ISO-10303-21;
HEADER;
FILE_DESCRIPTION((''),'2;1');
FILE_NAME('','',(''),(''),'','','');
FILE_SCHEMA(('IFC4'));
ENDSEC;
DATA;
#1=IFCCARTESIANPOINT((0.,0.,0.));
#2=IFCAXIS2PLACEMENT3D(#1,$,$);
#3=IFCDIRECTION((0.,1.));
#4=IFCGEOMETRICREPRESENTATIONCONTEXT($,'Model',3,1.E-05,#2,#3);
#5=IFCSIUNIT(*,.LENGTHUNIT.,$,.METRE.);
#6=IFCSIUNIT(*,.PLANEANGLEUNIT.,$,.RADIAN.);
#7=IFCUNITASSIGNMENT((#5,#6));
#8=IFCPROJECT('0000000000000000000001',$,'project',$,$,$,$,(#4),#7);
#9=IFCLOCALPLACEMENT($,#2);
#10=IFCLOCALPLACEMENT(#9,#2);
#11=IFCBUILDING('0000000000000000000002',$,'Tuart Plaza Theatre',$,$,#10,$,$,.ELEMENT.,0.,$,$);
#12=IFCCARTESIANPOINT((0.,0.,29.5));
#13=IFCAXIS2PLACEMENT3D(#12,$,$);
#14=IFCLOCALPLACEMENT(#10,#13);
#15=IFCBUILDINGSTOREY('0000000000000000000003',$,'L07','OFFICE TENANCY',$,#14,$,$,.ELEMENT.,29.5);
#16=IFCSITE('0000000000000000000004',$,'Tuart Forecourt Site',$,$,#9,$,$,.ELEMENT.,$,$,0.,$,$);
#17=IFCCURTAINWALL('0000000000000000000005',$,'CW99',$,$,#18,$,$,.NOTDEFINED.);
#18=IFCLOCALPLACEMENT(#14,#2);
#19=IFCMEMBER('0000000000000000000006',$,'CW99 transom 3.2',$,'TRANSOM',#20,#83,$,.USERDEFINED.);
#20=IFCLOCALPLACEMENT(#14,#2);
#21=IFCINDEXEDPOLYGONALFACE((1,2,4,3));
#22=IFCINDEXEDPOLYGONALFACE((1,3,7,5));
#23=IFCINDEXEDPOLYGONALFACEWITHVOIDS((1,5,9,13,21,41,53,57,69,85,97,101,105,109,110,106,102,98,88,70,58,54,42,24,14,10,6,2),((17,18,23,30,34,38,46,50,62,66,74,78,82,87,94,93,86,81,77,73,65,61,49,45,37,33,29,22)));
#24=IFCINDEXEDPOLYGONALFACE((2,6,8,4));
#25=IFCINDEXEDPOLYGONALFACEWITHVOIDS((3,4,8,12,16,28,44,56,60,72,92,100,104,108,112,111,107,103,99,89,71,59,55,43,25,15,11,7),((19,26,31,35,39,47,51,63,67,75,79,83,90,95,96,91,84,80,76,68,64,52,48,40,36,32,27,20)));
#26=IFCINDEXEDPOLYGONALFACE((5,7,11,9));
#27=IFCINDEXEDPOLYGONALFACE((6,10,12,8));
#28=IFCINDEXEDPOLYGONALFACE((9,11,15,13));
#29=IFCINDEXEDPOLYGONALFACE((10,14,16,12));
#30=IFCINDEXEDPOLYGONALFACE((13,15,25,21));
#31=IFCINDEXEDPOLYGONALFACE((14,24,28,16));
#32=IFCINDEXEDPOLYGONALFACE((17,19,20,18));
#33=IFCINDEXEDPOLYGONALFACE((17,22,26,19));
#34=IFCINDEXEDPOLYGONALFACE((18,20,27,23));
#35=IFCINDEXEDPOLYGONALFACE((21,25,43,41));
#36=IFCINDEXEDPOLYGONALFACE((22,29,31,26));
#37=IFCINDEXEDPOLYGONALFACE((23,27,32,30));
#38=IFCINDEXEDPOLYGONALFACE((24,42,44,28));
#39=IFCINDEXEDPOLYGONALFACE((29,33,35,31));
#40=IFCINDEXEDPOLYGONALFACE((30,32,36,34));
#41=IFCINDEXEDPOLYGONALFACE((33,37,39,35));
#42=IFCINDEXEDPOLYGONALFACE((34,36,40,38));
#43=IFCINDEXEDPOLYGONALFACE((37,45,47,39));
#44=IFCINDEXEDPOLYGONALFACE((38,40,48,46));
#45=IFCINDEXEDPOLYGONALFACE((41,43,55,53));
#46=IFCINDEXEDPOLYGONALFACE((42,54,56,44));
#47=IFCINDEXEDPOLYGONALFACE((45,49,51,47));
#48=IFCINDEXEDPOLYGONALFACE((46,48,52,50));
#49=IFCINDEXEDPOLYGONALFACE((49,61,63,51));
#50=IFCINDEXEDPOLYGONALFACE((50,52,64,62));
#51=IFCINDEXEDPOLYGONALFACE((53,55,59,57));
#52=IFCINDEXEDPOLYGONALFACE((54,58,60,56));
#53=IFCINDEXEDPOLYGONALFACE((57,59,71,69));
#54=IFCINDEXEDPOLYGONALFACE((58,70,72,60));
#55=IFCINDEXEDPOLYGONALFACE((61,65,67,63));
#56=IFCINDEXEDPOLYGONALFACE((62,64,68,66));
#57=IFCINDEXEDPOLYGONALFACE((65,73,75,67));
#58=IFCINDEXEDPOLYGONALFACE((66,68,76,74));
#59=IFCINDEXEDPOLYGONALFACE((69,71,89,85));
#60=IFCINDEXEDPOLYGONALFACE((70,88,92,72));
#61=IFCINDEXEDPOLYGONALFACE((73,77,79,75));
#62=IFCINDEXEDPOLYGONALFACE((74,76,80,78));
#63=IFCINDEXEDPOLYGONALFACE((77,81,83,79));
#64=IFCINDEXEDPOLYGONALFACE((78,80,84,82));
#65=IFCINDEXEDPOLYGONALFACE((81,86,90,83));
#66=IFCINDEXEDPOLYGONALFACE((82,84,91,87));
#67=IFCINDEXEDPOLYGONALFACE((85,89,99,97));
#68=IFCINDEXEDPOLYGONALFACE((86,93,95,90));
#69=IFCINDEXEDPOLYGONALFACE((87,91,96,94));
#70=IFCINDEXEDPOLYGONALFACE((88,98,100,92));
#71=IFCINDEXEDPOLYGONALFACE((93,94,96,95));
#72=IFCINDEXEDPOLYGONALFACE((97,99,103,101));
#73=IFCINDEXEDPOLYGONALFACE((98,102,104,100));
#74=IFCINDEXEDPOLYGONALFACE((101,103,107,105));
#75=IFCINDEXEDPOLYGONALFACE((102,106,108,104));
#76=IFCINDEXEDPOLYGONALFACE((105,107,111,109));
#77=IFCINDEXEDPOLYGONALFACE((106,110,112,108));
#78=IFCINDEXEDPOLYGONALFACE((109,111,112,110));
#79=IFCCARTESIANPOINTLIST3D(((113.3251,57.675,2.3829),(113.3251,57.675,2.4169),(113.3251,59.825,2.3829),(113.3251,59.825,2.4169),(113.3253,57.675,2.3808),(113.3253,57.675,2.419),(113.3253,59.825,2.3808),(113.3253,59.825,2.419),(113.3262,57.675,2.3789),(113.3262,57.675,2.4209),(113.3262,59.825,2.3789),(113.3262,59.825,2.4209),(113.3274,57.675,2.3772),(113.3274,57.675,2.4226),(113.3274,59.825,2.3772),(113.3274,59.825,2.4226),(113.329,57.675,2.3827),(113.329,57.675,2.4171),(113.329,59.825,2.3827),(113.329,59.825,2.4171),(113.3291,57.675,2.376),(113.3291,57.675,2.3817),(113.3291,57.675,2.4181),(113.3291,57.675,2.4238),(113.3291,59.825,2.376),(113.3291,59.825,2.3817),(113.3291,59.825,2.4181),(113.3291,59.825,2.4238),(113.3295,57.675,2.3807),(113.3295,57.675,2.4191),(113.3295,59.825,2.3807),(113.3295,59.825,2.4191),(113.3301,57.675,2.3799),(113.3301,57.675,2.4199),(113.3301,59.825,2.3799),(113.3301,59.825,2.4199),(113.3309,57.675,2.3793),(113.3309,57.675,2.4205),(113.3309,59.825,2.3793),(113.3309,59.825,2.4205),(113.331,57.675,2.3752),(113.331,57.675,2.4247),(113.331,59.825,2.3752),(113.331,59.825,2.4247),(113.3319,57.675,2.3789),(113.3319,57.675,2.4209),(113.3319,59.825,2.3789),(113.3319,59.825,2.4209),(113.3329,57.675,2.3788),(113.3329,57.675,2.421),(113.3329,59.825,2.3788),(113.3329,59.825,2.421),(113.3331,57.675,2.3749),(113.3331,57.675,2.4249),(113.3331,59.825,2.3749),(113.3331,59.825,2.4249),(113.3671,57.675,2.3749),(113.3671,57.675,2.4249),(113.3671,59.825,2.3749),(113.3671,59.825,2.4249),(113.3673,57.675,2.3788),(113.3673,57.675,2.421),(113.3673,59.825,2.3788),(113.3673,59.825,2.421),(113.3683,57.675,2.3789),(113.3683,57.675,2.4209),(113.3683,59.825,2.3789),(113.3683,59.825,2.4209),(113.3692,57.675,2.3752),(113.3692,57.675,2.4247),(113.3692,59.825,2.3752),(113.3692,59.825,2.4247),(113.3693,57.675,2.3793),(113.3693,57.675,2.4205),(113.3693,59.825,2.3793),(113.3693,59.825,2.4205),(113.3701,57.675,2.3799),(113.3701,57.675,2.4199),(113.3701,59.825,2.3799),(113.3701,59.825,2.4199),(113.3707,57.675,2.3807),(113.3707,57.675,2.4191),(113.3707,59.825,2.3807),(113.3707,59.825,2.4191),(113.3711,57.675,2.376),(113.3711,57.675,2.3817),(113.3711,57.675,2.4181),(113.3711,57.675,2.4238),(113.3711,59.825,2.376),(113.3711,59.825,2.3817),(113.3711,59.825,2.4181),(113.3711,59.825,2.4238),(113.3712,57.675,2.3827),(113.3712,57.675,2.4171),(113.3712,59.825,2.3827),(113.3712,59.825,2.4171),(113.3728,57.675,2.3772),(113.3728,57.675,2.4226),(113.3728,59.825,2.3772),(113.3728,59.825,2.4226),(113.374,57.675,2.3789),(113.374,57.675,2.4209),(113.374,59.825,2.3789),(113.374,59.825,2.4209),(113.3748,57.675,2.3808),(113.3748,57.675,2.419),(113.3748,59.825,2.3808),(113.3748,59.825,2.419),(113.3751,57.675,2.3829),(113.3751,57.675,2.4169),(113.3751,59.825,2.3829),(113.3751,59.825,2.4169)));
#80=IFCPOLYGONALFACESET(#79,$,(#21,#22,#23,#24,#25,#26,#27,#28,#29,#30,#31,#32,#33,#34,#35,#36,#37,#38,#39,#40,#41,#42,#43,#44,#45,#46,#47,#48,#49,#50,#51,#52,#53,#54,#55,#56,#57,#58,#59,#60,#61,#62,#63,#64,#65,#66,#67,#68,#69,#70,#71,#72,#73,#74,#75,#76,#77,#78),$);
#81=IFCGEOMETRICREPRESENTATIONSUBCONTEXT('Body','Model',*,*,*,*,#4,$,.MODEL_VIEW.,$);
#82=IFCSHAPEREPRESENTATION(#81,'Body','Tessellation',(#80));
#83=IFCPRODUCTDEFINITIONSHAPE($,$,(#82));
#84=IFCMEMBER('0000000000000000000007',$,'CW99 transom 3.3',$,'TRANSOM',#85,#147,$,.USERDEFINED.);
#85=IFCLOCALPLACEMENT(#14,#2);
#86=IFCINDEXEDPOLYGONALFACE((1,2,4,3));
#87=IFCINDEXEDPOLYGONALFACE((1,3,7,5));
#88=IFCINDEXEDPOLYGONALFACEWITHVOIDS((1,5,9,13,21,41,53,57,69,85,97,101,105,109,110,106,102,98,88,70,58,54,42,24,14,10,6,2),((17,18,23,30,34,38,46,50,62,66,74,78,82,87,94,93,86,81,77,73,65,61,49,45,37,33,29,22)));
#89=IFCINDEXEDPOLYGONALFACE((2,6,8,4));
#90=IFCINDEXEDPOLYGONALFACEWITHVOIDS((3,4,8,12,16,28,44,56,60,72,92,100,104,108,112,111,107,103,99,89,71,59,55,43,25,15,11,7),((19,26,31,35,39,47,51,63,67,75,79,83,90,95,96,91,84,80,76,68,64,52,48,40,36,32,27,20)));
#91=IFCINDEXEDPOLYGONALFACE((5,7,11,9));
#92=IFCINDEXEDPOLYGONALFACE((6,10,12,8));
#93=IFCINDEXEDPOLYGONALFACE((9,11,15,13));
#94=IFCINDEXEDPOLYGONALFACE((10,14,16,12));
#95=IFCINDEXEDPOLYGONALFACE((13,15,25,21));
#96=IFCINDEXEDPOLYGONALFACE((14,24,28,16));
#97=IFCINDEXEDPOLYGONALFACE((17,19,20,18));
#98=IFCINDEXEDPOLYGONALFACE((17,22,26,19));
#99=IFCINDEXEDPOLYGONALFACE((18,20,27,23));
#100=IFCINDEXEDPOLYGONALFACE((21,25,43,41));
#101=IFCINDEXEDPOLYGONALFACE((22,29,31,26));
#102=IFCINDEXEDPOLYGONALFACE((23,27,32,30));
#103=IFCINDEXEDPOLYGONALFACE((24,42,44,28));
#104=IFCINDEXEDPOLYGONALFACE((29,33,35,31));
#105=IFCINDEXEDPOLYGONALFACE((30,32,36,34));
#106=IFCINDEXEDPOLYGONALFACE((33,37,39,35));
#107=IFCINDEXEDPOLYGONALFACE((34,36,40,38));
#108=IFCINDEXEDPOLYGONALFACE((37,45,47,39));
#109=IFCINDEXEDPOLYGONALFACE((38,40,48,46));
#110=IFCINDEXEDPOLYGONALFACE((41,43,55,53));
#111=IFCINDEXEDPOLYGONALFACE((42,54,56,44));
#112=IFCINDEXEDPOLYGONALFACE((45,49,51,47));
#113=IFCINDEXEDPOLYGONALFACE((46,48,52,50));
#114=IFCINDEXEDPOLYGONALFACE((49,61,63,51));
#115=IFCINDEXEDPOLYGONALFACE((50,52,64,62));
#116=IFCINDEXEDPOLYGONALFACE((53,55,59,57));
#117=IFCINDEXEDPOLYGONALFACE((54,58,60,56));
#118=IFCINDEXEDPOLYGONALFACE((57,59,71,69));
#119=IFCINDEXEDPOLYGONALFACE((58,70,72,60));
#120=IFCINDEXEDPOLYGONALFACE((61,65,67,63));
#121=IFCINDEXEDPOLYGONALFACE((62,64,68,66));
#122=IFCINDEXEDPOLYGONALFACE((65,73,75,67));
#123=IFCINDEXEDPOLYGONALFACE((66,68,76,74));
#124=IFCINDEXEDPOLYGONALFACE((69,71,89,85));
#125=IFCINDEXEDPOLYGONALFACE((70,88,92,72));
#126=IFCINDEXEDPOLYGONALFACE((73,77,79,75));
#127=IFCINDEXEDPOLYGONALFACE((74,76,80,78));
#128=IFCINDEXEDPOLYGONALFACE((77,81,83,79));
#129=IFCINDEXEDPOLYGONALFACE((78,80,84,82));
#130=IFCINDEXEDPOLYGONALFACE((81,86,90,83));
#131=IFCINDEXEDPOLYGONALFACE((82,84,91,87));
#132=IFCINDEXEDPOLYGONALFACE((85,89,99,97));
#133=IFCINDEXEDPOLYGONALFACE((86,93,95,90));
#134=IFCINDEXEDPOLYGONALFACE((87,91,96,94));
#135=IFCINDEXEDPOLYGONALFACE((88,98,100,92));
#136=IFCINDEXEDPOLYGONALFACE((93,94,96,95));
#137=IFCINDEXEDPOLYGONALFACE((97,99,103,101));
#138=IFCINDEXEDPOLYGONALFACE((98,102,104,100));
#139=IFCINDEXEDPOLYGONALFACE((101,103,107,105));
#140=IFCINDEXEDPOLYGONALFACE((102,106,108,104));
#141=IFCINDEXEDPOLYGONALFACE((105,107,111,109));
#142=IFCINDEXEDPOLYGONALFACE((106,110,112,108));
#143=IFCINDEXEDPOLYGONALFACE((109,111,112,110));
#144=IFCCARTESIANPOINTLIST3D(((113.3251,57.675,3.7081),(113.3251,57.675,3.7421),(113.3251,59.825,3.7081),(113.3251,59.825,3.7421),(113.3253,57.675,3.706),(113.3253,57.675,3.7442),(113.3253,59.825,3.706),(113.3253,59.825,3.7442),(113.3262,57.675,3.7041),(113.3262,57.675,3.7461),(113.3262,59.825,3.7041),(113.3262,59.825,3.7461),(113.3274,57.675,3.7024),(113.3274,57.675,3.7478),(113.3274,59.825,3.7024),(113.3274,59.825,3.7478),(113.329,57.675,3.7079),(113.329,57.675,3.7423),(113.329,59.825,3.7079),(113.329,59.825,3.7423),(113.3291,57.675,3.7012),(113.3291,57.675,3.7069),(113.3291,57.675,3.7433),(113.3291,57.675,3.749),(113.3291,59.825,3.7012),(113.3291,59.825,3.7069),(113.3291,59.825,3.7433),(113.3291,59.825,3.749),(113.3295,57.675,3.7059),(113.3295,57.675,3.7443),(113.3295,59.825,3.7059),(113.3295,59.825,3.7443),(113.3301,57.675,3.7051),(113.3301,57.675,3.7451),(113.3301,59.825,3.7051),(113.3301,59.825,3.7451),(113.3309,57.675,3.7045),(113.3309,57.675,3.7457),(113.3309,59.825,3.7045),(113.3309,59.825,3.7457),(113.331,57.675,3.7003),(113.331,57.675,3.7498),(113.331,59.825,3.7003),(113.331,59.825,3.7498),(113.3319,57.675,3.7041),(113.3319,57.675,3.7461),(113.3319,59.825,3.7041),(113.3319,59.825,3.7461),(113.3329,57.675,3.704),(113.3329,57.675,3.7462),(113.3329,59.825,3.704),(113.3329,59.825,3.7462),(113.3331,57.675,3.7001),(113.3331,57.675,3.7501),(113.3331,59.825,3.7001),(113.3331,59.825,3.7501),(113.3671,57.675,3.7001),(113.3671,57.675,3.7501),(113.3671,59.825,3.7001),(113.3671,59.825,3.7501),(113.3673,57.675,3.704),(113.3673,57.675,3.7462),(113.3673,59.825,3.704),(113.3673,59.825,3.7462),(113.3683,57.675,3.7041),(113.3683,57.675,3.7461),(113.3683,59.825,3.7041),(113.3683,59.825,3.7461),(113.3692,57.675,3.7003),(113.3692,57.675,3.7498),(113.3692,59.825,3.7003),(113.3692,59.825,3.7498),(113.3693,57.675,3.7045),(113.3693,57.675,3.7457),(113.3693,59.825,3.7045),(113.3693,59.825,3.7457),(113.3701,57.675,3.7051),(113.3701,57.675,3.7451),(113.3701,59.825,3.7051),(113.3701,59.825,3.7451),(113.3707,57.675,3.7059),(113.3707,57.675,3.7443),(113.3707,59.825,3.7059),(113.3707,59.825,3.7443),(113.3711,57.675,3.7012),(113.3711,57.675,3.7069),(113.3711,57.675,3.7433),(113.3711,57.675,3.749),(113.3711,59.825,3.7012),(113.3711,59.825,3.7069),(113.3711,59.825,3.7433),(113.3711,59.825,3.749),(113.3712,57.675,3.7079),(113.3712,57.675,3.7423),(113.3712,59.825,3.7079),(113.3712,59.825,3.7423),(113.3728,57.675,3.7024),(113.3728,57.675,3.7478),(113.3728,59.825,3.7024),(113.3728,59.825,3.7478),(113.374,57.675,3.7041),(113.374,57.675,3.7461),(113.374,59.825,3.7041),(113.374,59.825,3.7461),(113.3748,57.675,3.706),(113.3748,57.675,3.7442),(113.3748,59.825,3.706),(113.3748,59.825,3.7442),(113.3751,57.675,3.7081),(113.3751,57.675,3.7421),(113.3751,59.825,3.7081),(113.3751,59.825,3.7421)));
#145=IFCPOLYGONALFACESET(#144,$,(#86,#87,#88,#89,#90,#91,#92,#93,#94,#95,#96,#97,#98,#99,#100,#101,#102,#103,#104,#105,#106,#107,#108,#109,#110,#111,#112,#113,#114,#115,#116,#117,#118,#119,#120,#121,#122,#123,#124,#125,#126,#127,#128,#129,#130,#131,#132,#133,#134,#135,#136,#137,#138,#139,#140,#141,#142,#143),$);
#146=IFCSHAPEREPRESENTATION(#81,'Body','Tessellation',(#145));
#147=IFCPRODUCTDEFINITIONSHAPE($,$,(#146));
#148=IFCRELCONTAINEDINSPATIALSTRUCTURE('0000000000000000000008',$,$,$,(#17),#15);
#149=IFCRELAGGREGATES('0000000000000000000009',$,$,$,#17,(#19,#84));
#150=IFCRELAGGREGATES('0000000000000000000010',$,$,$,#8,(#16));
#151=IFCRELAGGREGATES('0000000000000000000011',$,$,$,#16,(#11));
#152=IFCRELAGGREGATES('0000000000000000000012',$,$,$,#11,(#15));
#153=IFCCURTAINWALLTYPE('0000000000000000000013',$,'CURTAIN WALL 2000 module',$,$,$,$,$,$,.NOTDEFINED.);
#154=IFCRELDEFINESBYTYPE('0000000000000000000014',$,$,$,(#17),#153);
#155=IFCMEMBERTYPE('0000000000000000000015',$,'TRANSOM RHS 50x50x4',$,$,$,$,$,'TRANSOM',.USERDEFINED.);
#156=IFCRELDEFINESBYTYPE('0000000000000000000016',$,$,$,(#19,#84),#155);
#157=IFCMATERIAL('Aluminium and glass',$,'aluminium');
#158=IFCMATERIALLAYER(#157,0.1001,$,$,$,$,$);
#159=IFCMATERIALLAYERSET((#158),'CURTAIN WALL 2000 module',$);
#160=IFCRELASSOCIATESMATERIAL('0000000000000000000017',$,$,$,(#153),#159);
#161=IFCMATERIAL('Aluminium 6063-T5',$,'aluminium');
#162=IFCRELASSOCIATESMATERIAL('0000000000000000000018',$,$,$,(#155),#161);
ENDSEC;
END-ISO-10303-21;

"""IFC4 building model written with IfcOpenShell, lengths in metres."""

from ifc_helpers import new_model, si_unit, direction, frame, origin, origin_2d, place, context, subcontext, project, spatial, hollow_rectangle, extrude, material, layer, layer_set, material_profile, profile_set, type_object, element, aggregate, save


model = new_model("IFC4")

# Units and contexts
model_context = context("Model", 3, precision=1e-05, world=origin(), true_north=direction((0.0, 1.0)))
body_context = subcontext(model_context, "Body", "Model", "MODEL_VIEW")
ifc_project = project(units=[si_unit("LENGTHUNIT", "METRE"), si_unit("PLANEANGLEUNIT", "RADIAN")], contexts=[model_context])

# Site, building, storey
site_placement = place(None, origin())
site = spatial("IfcSite", under=ifc_project, at=site_placement, Name="Tuart Forecourt Site", CompositionType="ELEMENT", RefElevation=0.0)
building_placement = place(site_placement, origin())
building = spatial("IfcBuilding", under=site, at=building_placement, Name="Tuart Plaza Theatre", CompositionType="ELEMENT", ElevationOfRefHeight=0.0)
storey_placement = place(building_placement, frame((0.0, 0.0, 29.5)))
storey = spatial("IfcBuildingStorey", under=building, at=storey_placement, Name="L07", Description="OFFICE TENANCY", CompositionType="ELEMENT", Elevation=29.5)

# Curtain wall
ifc_material_1 = material(Name="Aluminium and glass", Category="aluminium")
ifc_layer_1 = layer(ifc_material_1, 0.1001)
ifc_layer_set_1 = layer_set([ifc_layer_1], Name="CURTAIN WALL 2000 module")
curtain_wall_type = type_object("IfcCurtainWallType", Name="CURTAIN WALL 2000 module", PredefinedType="NOTDEFINED", material=ifc_layer_set_1)
curtain_wall_1_placement = place(storey_placement, origin())
curtain_wall_1 = element("IfcCurtainWall", 1, at=curtain_wall_1_placement, inside=storey, type_object=curtain_wall_type, Name="CW99", PredefinedType="NOTDEFINED")

# Members
ifc_material_2 = material(Name="Aluminium 6063-T5", Category="aluminium")
ifc_material_profile_1 = material_profile(ifc_material_2, hollow_rectangle(XDim=0.05, YDim=0.05, WallThickness=0.0039, InnerFilletRadius=0.0039, OuterFilletRadius=0.0081, at=origin_2d()), Name="RHS 50x50x4")
ifc_profile_set_1 = profile_set([ifc_material_profile_1], Name="Aluminium 6063-T5")
member_type_1 = type_object("IfcMemberType", Name="TRANSOM RHS 50x50x4", ElementType="TRANSOM", PredefinedType="USERDEFINED", material=ifc_profile_set_1)
member_1_placement = place(storey_placement, frame((113.3501, 59.825, 2.3999), z_axis=(0.0, -1.0, 0.0), x_axis=(1.0, 0.0, 0.0)))
member_1 = element("IfcMember", 2, at=member_1_placement, type_object=member_type_1, Name="CW99 transom 3.2", ObjectType="TRANSOM", PredefinedType="USERDEFINED", context=body_context, shape_type="SweptSolid", body=[
    extrude(hollow_rectangle(XDim=0.05, YDim=0.05, WallThickness=0.0039, InnerFilletRadius=0.0039, OuterFilletRadius=0.0081, at=origin_2d()), origin(), (0.0, 0.0, 1.0), 2.1499),
])
member_2_placement = place(storey_placement, frame((113.3501, 59.825, 3.7251), z_axis=(0.0, -1.0, 0.0), x_axis=(1.0, 0.0, 0.0)))
member_2 = element("IfcMember", 3, at=member_2_placement, type_object=member_type_1, Name="CW99 transom 3.3", ObjectType="TRANSOM", PredefinedType="USERDEFINED", context=body_context, shape_type="SweptSolid", body=[
    extrude(hollow_rectangle(XDim=0.05, YDim=0.05, WallThickness=0.0039, InnerFilletRadius=0.0039, OuterFilletRadius=0.0081, at=origin_2d()), origin(), (0.0, 0.0, 1.0), 2.1499),
])

aggregate(curtain_wall_1, [member_1, member_2])

save(model, "model.ifc")
